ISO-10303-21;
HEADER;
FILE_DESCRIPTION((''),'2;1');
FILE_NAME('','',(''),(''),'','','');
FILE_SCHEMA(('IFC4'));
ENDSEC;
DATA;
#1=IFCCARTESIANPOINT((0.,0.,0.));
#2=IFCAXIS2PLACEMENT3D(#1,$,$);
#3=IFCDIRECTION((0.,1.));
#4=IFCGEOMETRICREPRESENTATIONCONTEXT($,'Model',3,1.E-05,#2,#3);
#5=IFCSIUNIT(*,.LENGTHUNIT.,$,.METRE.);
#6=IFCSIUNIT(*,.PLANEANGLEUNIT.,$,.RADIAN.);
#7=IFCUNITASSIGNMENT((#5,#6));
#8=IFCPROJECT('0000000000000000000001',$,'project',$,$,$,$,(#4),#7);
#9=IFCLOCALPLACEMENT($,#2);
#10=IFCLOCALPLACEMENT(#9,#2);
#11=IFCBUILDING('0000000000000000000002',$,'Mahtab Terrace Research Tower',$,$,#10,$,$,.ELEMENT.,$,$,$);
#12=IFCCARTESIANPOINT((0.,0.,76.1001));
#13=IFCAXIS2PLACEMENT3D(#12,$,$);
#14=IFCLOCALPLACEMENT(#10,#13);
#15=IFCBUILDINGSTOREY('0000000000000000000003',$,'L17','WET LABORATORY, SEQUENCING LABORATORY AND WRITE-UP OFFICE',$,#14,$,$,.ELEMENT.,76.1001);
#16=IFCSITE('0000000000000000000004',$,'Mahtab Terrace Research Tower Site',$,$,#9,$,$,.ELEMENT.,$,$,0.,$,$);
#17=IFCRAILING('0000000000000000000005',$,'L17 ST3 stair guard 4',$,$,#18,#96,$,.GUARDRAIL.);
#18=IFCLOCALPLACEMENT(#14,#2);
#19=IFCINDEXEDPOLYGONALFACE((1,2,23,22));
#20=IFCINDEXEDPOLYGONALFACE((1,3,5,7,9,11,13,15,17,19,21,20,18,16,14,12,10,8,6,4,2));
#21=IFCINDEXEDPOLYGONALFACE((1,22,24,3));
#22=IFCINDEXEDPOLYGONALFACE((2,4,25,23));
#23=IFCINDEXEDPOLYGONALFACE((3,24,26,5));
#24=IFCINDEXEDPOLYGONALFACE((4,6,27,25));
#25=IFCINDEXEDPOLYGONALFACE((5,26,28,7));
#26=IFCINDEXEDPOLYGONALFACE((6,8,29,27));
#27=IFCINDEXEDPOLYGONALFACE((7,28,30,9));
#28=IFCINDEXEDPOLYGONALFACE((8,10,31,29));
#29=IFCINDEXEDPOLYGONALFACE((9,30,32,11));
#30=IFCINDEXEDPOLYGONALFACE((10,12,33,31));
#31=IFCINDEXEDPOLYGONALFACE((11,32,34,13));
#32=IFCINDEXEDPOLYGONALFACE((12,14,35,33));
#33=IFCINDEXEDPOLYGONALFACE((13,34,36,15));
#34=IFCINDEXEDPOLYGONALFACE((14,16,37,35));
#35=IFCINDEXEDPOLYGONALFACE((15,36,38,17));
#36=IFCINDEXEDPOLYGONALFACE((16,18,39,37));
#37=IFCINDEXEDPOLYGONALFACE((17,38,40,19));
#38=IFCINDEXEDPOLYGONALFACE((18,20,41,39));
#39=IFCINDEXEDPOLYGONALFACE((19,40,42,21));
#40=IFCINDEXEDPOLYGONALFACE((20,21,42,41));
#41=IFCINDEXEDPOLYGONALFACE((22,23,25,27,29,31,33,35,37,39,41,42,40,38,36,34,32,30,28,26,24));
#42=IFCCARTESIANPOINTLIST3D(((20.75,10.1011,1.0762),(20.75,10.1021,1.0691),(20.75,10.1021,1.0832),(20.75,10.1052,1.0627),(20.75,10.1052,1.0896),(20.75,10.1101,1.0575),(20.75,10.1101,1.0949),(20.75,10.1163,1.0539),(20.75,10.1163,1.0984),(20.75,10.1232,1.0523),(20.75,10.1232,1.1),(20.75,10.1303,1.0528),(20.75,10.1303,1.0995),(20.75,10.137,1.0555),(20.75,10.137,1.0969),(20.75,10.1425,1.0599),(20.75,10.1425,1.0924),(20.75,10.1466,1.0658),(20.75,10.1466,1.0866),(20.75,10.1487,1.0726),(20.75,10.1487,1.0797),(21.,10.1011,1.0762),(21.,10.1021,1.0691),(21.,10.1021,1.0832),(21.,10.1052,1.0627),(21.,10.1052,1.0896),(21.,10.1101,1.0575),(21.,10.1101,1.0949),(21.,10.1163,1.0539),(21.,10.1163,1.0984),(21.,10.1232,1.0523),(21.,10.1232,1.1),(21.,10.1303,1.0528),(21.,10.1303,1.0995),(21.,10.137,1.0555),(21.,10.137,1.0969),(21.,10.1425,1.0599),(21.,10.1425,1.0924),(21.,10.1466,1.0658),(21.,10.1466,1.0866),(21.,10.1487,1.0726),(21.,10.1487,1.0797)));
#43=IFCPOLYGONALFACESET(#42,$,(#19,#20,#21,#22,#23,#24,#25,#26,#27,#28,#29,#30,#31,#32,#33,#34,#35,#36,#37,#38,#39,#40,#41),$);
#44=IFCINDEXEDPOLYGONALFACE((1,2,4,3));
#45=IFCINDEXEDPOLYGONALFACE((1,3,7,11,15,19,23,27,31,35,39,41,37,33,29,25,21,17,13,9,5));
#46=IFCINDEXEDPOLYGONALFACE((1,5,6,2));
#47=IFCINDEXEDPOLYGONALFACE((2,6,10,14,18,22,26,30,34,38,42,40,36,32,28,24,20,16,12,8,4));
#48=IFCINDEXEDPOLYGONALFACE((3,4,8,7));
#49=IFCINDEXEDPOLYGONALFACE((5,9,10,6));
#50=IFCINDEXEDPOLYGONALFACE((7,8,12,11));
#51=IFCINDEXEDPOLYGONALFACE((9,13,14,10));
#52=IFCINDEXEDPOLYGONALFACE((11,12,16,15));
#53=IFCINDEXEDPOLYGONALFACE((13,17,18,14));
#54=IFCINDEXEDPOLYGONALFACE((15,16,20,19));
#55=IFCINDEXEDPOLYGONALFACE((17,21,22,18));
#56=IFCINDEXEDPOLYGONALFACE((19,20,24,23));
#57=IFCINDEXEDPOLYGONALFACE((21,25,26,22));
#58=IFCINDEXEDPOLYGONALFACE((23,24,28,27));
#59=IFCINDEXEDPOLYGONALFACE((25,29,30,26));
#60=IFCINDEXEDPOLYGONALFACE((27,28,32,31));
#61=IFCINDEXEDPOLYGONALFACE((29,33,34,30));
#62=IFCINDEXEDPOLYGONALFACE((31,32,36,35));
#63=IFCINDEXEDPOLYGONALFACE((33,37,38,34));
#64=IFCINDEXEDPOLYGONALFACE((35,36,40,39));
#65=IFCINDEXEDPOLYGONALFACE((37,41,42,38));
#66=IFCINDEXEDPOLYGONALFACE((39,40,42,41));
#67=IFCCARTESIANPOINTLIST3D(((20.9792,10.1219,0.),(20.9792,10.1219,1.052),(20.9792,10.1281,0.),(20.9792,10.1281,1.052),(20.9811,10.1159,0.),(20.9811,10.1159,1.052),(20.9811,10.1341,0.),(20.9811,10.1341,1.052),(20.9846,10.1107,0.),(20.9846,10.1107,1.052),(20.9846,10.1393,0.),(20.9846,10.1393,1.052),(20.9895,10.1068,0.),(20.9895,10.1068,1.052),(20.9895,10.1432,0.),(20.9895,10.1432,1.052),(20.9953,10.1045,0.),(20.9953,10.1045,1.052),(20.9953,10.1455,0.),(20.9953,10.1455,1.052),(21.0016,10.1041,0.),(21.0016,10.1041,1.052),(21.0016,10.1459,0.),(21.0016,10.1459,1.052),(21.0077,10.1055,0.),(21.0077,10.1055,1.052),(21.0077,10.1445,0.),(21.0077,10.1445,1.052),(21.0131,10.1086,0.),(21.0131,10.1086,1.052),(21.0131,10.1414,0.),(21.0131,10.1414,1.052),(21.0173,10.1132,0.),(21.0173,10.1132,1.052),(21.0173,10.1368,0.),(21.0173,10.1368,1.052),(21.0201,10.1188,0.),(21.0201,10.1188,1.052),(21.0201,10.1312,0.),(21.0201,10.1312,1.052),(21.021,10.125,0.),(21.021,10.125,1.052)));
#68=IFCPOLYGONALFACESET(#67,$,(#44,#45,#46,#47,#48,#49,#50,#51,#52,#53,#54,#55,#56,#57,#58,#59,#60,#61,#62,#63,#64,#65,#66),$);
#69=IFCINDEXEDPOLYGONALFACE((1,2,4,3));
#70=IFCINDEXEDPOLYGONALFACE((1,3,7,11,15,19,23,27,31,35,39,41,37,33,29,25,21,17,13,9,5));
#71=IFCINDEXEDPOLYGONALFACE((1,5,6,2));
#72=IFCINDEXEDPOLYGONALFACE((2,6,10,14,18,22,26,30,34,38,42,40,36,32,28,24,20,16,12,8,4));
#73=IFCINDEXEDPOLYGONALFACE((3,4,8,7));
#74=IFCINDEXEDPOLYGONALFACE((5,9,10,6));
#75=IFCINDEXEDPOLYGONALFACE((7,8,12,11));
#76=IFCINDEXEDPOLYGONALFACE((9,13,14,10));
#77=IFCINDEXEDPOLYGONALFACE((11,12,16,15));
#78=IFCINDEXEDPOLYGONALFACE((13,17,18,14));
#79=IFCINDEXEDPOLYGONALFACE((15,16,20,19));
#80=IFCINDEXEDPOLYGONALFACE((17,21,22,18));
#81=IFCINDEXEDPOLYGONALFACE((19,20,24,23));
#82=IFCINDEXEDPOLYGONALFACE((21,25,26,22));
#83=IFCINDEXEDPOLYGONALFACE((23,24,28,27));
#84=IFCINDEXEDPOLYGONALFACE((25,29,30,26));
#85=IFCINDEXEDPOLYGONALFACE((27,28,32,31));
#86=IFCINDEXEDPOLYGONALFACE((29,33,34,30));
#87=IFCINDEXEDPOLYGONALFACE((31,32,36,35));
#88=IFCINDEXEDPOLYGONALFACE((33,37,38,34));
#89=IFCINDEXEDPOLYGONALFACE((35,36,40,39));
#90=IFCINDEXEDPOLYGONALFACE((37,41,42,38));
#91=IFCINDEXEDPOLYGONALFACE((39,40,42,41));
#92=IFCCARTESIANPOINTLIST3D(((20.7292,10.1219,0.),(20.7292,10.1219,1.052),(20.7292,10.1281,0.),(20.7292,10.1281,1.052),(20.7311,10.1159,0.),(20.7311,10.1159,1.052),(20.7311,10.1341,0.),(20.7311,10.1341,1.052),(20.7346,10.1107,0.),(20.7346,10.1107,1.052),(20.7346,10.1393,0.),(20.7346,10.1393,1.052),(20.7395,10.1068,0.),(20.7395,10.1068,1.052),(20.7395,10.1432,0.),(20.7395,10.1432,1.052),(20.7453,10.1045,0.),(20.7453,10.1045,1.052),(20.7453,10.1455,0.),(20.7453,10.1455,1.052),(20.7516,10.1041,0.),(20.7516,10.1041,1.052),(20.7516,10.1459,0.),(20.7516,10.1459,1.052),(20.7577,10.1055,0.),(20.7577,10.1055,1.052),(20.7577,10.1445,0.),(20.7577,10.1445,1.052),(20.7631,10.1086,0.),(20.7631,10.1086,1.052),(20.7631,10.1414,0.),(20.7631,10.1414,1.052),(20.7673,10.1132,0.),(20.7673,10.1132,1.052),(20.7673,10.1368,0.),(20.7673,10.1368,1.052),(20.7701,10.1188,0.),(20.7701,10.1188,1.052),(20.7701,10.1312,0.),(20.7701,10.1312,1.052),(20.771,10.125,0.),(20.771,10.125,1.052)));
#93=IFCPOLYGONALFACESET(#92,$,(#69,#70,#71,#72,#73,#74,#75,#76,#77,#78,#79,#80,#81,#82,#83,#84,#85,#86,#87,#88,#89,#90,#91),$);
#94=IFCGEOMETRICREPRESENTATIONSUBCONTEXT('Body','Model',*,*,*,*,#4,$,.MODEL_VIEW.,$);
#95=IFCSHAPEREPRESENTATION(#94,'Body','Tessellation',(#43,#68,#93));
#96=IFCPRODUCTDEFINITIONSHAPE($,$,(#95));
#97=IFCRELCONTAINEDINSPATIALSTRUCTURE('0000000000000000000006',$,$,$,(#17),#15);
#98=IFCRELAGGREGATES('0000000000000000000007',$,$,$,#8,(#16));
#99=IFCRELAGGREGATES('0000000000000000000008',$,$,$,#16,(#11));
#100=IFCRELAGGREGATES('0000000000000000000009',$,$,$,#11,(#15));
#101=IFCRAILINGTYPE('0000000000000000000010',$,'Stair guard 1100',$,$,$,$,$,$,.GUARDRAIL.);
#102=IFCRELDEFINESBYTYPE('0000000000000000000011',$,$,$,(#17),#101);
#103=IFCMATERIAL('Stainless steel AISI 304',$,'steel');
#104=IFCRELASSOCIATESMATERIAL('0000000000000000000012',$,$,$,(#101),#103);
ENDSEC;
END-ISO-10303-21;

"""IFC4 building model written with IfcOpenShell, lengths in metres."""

from ifc_helpers import new_model, si_unit, direction, frame, origin, origin_2d, place, context, subcontext, project, spatial, circle, extrude, material, type_object, element, save


model = new_model("IFC4")

# Units and contexts
model_context = context("Model", 3, precision=1e-05, world=origin(), true_north=direction((0.0, 1.0)))
body_context = subcontext(model_context, "Body", "Model", "MODEL_VIEW")
ifc_project = project(units=[si_unit("LENGTHUNIT", "METRE"), si_unit("PLANEANGLEUNIT", "RADIAN")], contexts=[model_context])

# Site, building, storey
site_placement = place(None, origin())
site = spatial("IfcSite", under=ifc_project, at=site_placement, Name="Mahtab Terrace Research Tower Site", CompositionType="ELEMENT", RefElevation=0.0)
building_placement = place(site_placement, origin())
building = spatial("IfcBuilding", under=site, at=building_placement, Name="Mahtab Terrace Research Tower", CompositionType="ELEMENT")
storey_placement = place(building_placement, frame((0.0, 0.0, 76.1001)))
storey = spatial("IfcBuildingStorey", under=building, at=storey_placement, Name="L17", Description="WET LABORATORY, SEQUENCING LABORATORY AND WRITE-UP OFFICE", CompositionType="ELEMENT", Elevation=76.1001)

# Railing
ifc_material_1 = material(Name="Stainless steel AISI 304", Category="steel")
railing_type_1 = type_object("IfcRailingType", Name="Stair guard 1100", PredefinedType="GUARDRAIL", material=ifc_material_1)
railing_1_placement = place(storey_placement, frame((21.0, 10.125, 0.0)))
element("IfcRailing", 1, at=railing_1_placement, inside=storey, type_object=railing_type_1, Name="L17 ST3 stair guard 4", PredefinedType="GUARDRAIL", context=body_context, shape_type="SweptSolid", body=[
    extrude(circle(Radius=0.0239, at=origin_2d()), frame((0.0, 0.0, 1.0762), z_axis=(-1.0, 0.0, 0.0), x_axis=(0.0, -1.0, 0.0)), (0.0, 0.0, 1.0), 0.25),
    extrude(circle(Radius=0.021, at=origin_2d()), origin(), (0.0, 0.0, 1.0), 1.052),
    extrude(circle(Radius=0.021, at=origin_2d()), frame((-0.25, 0.0, 0.0)), (0.0, 0.0, 1.0), 1.052),
])

save(model, "model.ifc")
